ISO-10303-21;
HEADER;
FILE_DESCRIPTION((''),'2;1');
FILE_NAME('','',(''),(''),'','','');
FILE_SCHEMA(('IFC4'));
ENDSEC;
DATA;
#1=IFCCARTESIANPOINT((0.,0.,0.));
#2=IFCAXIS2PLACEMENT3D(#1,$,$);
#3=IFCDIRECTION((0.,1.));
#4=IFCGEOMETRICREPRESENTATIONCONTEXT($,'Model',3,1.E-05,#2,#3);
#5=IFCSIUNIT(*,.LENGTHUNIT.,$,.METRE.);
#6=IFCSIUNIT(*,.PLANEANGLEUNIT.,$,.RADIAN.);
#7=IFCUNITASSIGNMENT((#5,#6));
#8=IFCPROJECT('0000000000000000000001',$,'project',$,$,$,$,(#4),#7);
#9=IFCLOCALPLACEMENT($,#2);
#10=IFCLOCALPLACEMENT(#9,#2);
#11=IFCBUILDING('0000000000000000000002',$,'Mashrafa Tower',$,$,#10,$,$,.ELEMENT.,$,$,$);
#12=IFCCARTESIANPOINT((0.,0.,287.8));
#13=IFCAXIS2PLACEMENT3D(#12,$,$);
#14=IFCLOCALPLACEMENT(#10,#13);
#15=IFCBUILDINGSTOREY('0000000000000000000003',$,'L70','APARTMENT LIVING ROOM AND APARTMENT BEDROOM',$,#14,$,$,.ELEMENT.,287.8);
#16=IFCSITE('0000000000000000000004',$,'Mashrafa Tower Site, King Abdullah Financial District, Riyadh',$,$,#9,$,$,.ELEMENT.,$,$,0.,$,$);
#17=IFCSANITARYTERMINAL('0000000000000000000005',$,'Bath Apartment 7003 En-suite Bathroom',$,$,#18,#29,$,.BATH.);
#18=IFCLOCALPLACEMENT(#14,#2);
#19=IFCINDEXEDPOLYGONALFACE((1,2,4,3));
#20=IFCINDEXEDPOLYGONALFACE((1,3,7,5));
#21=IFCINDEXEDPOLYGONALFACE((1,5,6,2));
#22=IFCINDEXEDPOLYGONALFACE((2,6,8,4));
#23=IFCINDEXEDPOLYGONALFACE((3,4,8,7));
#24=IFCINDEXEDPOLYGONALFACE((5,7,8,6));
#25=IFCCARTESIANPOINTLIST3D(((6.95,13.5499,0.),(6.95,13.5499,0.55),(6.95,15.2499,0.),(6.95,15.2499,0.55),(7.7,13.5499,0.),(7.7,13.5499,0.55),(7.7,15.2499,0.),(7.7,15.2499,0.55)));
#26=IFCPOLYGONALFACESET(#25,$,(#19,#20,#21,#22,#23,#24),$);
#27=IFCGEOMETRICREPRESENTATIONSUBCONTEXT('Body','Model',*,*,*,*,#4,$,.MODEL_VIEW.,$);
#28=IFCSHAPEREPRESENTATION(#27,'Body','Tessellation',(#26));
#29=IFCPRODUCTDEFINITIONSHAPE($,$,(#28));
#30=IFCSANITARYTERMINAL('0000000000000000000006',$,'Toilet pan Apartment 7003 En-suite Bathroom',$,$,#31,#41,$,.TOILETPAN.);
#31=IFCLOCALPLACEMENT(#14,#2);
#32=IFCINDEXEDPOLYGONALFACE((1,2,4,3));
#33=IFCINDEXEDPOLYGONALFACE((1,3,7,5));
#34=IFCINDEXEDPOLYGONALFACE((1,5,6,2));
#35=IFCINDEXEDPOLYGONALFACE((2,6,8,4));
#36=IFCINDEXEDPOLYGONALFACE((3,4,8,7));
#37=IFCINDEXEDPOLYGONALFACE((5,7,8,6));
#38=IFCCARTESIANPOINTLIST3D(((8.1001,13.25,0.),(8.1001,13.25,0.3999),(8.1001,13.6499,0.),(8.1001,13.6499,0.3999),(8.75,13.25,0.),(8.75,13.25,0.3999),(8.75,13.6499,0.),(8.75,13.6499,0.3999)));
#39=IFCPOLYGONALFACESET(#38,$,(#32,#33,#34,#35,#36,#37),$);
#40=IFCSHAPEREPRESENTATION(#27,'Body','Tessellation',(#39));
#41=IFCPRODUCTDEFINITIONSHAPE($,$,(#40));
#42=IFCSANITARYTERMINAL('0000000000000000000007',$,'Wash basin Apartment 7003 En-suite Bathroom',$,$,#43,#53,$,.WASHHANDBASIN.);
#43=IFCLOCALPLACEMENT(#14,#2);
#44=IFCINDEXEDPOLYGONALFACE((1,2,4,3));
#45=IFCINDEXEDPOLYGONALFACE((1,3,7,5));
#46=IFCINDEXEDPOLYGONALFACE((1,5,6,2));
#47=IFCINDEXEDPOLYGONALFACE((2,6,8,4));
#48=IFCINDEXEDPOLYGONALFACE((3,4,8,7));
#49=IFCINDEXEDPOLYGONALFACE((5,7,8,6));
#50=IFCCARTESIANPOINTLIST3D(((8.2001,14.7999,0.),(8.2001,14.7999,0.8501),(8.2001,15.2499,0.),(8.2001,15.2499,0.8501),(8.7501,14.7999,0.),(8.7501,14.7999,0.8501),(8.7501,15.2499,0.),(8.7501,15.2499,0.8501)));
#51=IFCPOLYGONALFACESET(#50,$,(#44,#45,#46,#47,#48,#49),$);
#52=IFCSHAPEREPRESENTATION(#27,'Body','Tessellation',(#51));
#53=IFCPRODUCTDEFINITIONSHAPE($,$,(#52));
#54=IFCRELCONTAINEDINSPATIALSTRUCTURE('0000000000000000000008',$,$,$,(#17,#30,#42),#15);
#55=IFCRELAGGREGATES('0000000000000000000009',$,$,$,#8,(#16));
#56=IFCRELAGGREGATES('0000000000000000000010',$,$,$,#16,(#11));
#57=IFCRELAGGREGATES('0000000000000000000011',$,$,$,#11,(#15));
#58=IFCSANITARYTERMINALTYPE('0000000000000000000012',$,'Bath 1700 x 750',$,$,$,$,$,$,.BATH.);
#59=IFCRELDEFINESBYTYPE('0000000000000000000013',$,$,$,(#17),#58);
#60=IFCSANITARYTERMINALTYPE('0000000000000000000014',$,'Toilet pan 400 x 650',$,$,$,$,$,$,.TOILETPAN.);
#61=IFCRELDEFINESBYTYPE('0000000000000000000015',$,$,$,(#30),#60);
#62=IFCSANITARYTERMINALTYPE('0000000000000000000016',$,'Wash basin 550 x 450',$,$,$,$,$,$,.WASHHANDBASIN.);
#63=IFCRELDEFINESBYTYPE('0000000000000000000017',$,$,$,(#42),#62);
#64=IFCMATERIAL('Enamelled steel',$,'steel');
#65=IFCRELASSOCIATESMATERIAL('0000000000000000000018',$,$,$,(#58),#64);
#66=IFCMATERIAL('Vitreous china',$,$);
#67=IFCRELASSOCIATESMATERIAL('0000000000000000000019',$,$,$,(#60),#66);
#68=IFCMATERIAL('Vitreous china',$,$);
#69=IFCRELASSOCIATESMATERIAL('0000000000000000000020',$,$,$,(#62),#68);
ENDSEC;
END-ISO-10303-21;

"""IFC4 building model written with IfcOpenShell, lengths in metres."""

from ifc_helpers import new_model, si_unit, direction, frame, origin, origin_2d, place, context, subcontext, project, spatial, rectangle, extrude, material, type_object, element, save


model = new_model("IFC4")

# Units and contexts
model_context = context("Model", 3, precision=1e-05, world=origin(), true_north=direction((0.0, 1.0)))
body_context = subcontext(model_context, "Body", "Model", "MODEL_VIEW")
ifc_project = project(units=[si_unit("LENGTHUNIT", "METRE"), si_unit("PLANEANGLEUNIT", "RADIAN")], contexts=[model_context])

# Site, building, storey
site_placement = place(None, origin())
site = spatial("IfcSite", under=ifc_project, at=site_placement, Name="Mashrafa Tower Site, King Abdullah Financial District, Riyadh", CompositionType="ELEMENT", RefElevation=0.0)
building_placement = place(site_placement, origin())
building = spatial("IfcBuilding", under=site, at=building_placement, Name="Mashrafa Tower", CompositionType="ELEMENT")
storey_placement = place(building_placement, frame((0.0, 0.0, 287.8)))
storey = spatial("IfcBuildingStorey", under=building, at=storey_placement, Name="L70", Description="APARTMENT LIVING ROOM AND APARTMENT BEDROOM", CompositionType="ELEMENT", Elevation=287.8)

# Sanitary terminals
ifc_material_1 = material(Name="Enamelled steel", Category="steel")
sanitary_terminal_type_1 = type_object("IfcSanitaryTerminalType", Name="Bath 1700 x 750", PredefinedType="BATH", material=ifc_material_1)
sanitary_terminal_1_placement = place(storey_placement, frame((7.325, 14.3999, 0.0), z_axis=(0.0, 0.0, 1.0), x_axis=(0.0, -1.0, 0.0)))
element("IfcSanitaryTerminal", 1, at=sanitary_terminal_1_placement, inside=storey, type_object=sanitary_terminal_type_1, Name="Bath Apartment 7003 En-suite Bathroom", PredefinedType="BATH", context=body_context, shape_type="SweptSolid", body=[
    extrude(rectangle(XDim=1.7, YDim=0.75, at=origin_2d()), origin(), (0.0, 0.0, 1.0), 0.55),
])
ifc_material_2 = material(Name="Vitreous china")
sanitary_terminal_type_2 = type_object("IfcSanitaryTerminalType", Name="Toilet pan 400 x 650", PredefinedType="TOILETPAN", material=ifc_material_2)
sanitary_terminal_2_placement = place(storey_placement, frame((8.425, 13.45, 0.0), z_axis=(0.0, 0.0, 1.0), x_axis=(0.0, 1.0, 0.0)))
element("IfcSanitaryTerminal", 2, at=sanitary_terminal_2_placement, inside=storey, type_object=sanitary_terminal_type_2, Name="Toilet pan Apartment 7003 En-suite Bathroom", PredefinedType="TOILETPAN", context=body_context, shape_type="SweptSolid", body=[
    extrude(rectangle(XDim=0.3999, YDim=0.6499, at=origin_2d()), origin(), (0.0, 0.0, 1.0), 0.3999),
])
ifc_material_3 = material(Name="Vitreous china")
sanitary_terminal_type_3 = type_object("IfcSanitaryTerminalType", Name="Wash basin 550 x 450", PredefinedType="WASHHANDBASIN", material=ifc_material_3)
sanitary_terminal_3_placement = place(storey_placement, frame((8.4751, 15.0249, 0.0), z_axis=(0.0, 0.0, 1.0), x_axis=(-1.0, 0.0, 0.0)))
element("IfcSanitaryTerminal", 3, at=sanitary_terminal_3_placement, inside=storey, type_object=sanitary_terminal_type_3, Name="Wash basin Apartment 7003 En-suite Bathroom", PredefinedType="WASHHANDBASIN", context=body_context, shape_type="SweptSolid", body=[
    extrude(rectangle(XDim=0.55, YDim=0.45, at=origin_2d()), origin(), (0.0, 0.0, 1.0), 0.8501),
])

save(model, "model.ifc")
